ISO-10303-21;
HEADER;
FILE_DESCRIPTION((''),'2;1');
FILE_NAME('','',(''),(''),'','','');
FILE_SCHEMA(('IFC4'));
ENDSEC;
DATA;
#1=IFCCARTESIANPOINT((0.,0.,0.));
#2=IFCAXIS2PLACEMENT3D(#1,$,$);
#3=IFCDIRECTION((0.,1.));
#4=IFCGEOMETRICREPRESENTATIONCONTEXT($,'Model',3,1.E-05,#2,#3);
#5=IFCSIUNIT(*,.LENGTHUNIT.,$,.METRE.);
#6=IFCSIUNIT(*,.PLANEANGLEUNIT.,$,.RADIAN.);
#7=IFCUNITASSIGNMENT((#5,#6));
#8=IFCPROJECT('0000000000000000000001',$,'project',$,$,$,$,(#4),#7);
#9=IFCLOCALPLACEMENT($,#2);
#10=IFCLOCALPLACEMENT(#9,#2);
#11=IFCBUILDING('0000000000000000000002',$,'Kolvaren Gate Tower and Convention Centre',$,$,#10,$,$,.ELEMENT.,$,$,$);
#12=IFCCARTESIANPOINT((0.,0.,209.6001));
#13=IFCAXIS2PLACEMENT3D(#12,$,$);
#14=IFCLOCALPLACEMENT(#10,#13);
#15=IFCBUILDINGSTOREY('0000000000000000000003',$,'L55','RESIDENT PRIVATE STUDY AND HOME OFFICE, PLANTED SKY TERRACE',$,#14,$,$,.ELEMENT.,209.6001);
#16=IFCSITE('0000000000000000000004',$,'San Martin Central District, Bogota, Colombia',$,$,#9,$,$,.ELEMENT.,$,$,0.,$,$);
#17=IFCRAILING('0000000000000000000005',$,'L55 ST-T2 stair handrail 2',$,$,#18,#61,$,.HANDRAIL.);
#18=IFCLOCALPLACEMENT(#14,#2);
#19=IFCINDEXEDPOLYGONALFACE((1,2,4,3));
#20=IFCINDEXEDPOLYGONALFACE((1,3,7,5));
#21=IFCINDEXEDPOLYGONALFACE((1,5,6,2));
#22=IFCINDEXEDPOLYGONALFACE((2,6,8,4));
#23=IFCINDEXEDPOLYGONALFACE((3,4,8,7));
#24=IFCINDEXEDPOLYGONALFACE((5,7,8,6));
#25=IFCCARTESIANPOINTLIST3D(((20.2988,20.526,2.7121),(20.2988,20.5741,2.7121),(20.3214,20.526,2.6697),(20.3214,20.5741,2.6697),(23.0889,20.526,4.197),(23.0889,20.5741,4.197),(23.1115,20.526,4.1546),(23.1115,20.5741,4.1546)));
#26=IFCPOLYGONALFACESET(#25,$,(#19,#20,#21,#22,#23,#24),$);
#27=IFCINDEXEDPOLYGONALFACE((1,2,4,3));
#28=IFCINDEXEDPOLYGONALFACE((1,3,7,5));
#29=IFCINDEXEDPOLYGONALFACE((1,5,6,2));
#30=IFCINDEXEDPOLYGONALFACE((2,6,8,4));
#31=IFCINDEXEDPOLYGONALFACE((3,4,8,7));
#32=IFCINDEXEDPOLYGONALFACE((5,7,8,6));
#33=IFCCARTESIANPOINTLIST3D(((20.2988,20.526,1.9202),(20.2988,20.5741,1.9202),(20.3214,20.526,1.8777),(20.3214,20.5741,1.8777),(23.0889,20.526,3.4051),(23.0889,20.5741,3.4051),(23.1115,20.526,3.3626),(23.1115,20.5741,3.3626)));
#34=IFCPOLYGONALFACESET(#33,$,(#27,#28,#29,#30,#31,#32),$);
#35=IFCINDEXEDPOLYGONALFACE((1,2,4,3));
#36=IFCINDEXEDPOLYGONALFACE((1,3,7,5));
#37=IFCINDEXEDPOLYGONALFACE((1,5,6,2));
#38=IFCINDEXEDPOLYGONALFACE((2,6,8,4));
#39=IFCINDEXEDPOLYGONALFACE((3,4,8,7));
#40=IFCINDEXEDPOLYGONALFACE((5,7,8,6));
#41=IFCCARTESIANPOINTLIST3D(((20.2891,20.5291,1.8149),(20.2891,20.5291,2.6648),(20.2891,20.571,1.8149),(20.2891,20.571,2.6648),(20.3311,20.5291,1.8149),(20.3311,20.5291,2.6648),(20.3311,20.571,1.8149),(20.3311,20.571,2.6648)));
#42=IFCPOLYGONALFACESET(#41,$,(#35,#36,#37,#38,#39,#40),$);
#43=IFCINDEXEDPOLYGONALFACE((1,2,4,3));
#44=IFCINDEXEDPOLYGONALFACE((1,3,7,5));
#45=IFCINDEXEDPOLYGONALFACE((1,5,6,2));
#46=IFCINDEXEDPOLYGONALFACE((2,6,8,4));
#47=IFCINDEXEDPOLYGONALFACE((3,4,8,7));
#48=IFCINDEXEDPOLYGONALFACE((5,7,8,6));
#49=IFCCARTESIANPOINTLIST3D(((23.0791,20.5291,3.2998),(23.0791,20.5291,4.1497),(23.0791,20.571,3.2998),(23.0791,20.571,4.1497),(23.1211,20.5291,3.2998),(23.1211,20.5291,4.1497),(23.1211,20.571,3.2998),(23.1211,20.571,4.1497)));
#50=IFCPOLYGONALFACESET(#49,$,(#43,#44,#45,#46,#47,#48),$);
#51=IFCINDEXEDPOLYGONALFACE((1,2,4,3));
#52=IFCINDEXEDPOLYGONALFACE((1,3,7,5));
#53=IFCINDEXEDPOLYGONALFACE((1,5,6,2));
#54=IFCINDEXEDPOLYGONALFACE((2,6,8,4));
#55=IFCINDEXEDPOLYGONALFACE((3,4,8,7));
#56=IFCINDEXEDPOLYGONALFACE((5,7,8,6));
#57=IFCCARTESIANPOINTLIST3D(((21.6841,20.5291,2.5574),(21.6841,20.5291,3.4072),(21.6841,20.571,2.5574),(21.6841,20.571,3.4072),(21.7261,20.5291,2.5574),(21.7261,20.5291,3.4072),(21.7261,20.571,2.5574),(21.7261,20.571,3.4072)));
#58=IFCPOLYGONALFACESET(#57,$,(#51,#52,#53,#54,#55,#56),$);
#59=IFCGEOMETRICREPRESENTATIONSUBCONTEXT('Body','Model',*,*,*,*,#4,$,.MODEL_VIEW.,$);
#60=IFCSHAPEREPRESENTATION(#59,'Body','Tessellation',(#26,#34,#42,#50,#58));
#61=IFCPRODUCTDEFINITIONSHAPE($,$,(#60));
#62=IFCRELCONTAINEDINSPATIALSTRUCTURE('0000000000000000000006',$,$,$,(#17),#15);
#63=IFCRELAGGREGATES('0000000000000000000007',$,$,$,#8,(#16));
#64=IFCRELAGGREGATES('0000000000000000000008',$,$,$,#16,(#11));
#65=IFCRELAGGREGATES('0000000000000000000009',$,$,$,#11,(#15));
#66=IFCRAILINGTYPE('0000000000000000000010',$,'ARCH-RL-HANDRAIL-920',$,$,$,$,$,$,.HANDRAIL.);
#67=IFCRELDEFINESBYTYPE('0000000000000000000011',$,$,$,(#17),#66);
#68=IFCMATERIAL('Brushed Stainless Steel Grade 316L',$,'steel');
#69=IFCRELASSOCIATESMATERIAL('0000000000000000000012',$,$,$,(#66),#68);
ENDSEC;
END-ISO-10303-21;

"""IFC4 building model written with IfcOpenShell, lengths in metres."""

from ifc_helpers import new_model, si_unit, direction, frame, origin, origin_2d, place, context, subcontext, project, spatial, rectangle, extrude, material, type_object, element, save


model = new_model("IFC4")

# Units and contexts
model_context = context("Model", 3, precision=1e-05, world=origin(), true_north=direction((0.0, 1.0)))
body_context = subcontext(model_context, "Body", "Model", "MODEL_VIEW")
ifc_project = project(units=[si_unit("LENGTHUNIT", "METRE"), si_unit("PLANEANGLEUNIT", "RADIAN")], contexts=[model_context])

# Site, building, storey
site_placement = place(None, origin())
site = spatial("IfcSite", under=ifc_project, at=site_placement, Name="San Martin Central District, Bogota, Colombia", CompositionType="ELEMENT", RefElevation=0.0)
building_placement = place(site_placement, origin())
building = spatial("IfcBuilding", under=site, at=building_placement, Name="Kolvaren Gate Tower and Convention Centre", CompositionType="ELEMENT")
storey_placement = place(building_placement, frame((0.0, 0.0, 209.6001)))
storey = spatial("IfcBuildingStorey", under=building, at=storey_placement, Name="L55", Description="RESIDENT PRIVATE STUDY AND HOME OFFICE, PLANTED SKY TERRACE", CompositionType="ELEMENT", Elevation=209.6001)

# Shared definitions
ifc_material_1 = material(Name="Brushed Stainless Steel Grade 316L", Category="steel")

# Railing
railing_type_1 = type_object("IfcRailingType", Name="ARCH-RL-HANDRAIL-920", PredefinedType="HANDRAIL", material=ifc_material_1)
railing_1_placement = place(storey_placement, frame((20.3101, 20.55, 1.8149)))
element("IfcRailing", 1, at=railing_1_placement, inside=storey, type_object=railing_type_1, Name="L55 ST-T2 stair handrail 2", PredefinedType="HANDRAIL", context=body_context, shape_type="SweptSolid", body=[
    extrude(rectangle(XDim=0.0481, YDim=0.0481, at=origin_2d()), frame((0.0, 0.0, 0.876), z_axis=(0.882767, 0.0, 0.46981), x_axis=(0.0, 1.0, 0.0)), (0.0, 0.0, 1.0), 3.1606),
    extrude(rectangle(XDim=0.0481, YDim=0.0481, at=origin_2d()), frame((0.0, 0.0, 0.084), z_axis=(0.882767, 0.0, 0.46981), x_axis=(0.0, 1.0, 0.0)), (0.0, 0.0, 1.0), 3.1606),
    extrude(rectangle(XDim=0.042, YDim=0.042, at=origin_2d()), origin(), (0.0, 0.0, 1.0), 0.8499),
    extrude(rectangle(XDim=0.042, YDim=0.042, at=origin_2d()), frame((2.79, 0.0, 1.4849)), (0.0, 0.0, 1.0), 0.8499),
    extrude(rectangle(XDim=0.042, YDim=0.042, at=origin_2d()), frame((1.395, 0.0, 0.7424)), (0.0, 0.0, 1.0), 0.8499),
])

save(model, "model.ifc")
